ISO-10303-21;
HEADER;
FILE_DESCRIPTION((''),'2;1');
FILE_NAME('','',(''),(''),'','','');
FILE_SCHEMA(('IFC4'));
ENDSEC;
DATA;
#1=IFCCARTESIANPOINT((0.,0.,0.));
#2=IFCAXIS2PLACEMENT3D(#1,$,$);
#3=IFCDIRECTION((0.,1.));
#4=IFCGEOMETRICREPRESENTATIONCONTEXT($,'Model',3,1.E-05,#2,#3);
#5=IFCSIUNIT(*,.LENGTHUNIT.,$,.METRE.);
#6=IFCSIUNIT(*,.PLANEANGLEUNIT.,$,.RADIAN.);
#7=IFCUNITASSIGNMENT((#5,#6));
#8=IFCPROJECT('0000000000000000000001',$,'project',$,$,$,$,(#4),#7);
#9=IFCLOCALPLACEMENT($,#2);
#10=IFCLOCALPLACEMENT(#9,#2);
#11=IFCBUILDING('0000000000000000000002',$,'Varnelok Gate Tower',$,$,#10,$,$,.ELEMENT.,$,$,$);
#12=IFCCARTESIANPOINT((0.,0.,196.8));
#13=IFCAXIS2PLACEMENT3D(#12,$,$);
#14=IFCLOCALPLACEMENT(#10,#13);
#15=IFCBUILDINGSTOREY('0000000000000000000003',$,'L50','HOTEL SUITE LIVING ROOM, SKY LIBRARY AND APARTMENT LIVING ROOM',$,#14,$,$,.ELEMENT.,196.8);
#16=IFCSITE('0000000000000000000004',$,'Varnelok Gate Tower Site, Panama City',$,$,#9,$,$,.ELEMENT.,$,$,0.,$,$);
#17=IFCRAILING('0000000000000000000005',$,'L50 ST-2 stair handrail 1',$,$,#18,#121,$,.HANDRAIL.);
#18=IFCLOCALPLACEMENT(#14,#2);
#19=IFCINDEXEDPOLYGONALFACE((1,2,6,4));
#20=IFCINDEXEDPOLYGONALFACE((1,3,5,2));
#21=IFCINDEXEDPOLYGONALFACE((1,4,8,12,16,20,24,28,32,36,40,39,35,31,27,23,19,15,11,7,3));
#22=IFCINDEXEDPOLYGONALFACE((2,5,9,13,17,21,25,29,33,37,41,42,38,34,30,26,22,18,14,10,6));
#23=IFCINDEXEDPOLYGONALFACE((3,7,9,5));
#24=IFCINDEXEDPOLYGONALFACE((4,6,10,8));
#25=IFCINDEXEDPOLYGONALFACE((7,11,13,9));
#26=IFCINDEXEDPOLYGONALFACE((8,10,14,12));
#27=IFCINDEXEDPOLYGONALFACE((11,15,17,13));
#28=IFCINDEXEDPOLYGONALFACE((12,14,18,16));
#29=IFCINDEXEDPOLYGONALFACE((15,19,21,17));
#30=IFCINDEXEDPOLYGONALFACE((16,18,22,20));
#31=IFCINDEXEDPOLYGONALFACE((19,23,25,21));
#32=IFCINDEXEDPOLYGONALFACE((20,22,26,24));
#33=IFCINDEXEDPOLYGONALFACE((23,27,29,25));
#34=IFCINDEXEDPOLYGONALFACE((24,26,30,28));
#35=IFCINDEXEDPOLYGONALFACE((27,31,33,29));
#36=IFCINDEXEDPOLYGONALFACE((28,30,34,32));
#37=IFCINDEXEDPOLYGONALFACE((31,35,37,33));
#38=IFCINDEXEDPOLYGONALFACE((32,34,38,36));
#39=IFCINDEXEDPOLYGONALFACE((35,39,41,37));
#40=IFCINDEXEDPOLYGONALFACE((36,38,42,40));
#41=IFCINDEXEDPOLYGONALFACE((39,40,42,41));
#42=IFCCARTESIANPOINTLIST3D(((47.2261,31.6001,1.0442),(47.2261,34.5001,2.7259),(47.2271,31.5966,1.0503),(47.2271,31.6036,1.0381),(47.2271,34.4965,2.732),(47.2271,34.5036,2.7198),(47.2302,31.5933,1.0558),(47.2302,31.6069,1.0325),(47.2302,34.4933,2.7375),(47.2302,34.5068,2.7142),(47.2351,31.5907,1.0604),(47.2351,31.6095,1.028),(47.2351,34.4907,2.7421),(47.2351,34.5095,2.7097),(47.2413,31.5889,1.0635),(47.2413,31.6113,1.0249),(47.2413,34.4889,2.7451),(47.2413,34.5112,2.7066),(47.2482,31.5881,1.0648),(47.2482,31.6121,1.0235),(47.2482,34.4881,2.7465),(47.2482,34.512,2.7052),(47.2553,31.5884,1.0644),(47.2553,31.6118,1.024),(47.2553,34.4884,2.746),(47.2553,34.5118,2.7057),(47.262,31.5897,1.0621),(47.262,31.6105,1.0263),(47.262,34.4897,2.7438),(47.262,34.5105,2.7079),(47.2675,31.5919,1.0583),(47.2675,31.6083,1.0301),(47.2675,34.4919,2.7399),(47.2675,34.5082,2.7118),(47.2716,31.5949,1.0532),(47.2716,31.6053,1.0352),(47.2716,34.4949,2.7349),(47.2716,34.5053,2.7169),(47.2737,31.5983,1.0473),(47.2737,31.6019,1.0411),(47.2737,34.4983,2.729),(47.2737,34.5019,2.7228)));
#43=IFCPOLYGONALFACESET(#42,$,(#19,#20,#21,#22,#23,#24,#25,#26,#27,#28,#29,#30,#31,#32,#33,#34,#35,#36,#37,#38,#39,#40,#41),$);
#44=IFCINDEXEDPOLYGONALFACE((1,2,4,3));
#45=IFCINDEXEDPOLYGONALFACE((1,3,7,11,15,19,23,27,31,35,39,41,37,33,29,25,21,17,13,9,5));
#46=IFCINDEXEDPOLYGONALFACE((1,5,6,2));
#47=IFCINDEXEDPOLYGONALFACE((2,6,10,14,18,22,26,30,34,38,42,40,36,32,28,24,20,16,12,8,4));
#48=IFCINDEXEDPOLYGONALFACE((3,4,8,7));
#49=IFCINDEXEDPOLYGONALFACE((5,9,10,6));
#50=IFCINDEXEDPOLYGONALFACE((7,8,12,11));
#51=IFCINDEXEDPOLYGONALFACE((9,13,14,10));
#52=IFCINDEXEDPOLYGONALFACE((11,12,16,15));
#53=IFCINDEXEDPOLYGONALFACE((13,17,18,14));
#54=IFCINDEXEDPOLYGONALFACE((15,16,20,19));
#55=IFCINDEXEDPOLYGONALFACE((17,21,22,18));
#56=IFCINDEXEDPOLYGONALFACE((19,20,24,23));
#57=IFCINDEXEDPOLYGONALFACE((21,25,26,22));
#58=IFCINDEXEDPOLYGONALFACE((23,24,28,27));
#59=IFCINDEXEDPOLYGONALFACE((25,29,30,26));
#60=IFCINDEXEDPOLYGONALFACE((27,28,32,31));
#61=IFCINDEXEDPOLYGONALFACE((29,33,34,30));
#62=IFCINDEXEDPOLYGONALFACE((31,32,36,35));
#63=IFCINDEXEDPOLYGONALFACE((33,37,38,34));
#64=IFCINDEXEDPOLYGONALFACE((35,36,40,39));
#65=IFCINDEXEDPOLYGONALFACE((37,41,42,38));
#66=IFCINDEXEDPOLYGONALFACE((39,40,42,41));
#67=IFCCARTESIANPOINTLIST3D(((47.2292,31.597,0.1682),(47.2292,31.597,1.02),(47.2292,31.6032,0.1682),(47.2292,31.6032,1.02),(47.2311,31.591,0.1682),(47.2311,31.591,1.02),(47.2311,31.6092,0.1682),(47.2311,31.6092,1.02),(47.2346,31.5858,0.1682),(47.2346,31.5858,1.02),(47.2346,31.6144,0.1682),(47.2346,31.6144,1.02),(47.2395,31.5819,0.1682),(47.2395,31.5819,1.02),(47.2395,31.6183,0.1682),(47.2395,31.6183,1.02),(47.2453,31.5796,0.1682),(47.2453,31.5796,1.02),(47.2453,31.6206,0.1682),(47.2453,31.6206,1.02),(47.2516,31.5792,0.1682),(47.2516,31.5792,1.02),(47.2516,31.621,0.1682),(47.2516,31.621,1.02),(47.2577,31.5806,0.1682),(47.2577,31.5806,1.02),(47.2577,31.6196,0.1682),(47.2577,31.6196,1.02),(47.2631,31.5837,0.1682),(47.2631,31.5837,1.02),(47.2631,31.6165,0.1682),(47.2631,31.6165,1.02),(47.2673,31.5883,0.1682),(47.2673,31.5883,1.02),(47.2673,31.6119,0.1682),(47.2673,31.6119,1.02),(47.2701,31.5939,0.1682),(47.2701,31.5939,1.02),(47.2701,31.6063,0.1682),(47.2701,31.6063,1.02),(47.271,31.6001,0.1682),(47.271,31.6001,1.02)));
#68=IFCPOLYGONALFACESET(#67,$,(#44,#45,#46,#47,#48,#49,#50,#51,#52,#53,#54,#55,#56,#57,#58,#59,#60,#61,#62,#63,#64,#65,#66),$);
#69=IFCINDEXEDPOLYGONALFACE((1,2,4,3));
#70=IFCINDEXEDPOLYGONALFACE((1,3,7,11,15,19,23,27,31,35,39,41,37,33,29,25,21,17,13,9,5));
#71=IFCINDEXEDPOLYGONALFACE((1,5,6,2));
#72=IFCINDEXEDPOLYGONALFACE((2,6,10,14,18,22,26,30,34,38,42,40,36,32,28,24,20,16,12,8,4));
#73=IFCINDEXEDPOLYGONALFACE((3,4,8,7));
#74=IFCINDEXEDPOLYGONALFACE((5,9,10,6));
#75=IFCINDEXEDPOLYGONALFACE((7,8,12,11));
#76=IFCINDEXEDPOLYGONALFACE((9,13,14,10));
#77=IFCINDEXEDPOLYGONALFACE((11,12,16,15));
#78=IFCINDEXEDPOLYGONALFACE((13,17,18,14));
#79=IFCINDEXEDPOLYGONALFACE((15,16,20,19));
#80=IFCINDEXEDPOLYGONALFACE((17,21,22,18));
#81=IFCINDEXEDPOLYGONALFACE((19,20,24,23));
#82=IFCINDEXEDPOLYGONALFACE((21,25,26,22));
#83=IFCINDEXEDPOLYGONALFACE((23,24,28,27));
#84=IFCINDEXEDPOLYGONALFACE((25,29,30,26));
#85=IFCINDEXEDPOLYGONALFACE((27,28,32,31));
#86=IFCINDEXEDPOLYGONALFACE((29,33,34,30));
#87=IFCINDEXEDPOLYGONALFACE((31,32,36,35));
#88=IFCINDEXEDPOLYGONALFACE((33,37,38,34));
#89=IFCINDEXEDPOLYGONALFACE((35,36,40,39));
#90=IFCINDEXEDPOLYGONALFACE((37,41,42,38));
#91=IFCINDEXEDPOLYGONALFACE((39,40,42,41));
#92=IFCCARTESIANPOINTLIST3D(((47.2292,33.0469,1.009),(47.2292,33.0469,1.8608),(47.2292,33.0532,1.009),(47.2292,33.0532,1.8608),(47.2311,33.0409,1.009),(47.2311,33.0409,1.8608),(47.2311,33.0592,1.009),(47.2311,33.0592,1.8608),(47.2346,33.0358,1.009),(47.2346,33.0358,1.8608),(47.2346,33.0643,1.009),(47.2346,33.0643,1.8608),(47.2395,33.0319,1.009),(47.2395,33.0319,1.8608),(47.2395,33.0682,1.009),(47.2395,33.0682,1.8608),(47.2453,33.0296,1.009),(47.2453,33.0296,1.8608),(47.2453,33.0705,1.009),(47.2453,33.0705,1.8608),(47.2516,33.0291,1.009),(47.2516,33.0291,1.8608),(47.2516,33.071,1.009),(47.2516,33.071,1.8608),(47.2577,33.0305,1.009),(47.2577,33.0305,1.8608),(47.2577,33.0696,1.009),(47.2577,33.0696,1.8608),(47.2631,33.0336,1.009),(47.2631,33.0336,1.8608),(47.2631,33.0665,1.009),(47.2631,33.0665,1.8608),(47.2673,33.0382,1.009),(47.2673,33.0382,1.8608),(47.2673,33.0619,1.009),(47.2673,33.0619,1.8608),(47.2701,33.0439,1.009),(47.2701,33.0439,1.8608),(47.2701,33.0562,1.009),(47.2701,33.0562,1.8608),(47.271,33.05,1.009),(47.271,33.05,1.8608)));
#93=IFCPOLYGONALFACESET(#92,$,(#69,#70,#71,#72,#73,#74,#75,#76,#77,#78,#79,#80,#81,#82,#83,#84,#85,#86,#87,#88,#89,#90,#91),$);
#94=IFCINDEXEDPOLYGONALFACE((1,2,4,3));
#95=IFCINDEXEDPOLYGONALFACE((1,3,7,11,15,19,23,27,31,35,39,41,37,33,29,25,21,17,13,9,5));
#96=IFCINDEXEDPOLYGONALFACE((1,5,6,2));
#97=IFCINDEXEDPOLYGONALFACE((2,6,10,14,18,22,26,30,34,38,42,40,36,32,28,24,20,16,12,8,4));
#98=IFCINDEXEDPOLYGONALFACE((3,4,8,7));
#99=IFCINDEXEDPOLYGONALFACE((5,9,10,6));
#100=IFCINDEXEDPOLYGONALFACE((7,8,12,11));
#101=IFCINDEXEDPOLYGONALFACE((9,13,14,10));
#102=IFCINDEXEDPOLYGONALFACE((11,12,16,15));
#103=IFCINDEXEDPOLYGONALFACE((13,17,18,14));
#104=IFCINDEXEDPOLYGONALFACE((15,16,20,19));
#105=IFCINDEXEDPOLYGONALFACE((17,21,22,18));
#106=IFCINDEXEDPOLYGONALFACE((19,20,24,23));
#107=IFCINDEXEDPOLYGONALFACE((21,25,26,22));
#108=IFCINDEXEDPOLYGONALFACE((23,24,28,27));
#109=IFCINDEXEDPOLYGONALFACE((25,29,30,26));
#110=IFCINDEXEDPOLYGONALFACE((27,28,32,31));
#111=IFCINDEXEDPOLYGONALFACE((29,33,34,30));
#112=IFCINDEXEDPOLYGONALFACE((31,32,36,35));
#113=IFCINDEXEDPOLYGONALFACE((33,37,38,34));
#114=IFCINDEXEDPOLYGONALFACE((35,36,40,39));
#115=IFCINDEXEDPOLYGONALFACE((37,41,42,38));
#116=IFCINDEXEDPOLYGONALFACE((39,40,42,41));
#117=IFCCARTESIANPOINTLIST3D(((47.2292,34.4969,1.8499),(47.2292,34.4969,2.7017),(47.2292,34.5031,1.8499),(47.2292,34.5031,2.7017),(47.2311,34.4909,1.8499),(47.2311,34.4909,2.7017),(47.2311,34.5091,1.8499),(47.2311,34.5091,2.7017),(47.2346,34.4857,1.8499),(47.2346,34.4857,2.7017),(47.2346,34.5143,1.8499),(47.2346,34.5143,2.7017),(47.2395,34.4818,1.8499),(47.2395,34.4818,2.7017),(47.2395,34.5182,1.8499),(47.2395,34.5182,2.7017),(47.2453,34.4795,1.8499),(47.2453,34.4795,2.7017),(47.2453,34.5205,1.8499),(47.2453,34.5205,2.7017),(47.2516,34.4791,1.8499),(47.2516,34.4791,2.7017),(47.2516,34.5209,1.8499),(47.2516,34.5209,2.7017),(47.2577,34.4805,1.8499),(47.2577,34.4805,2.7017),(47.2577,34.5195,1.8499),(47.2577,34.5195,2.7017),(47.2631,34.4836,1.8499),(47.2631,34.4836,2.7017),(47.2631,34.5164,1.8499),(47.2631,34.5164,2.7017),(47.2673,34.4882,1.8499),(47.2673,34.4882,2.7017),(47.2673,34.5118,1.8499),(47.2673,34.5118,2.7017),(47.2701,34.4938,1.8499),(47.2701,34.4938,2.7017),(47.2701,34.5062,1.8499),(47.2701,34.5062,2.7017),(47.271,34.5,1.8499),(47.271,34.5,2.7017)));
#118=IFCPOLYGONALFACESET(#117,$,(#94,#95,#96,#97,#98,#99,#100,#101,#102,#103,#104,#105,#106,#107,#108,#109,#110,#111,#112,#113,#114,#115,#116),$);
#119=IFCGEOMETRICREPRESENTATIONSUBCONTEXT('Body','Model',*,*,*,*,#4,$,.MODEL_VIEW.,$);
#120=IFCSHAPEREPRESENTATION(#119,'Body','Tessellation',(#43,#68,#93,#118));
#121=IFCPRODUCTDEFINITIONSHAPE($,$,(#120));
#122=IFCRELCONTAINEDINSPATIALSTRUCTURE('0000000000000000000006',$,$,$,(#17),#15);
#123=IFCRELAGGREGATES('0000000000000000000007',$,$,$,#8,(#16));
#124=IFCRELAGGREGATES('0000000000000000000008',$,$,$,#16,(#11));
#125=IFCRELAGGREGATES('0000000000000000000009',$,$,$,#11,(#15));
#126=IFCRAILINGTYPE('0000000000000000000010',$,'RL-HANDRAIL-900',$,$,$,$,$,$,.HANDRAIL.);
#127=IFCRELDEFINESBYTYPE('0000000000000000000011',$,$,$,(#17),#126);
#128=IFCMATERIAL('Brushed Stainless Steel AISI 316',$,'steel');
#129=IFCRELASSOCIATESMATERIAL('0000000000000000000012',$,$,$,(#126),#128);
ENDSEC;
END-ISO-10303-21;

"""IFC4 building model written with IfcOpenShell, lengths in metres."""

from ifc_helpers import new_model, si_unit, direction, frame, origin, origin_2d, place, context, subcontext, project, spatial, circle, extrude, material, type_object, element, save


model = new_model("IFC4")

# Units and contexts
model_context = context("Model", 3, precision=1e-05, world=origin(), true_north=direction((0.0, 1.0)))
body_context = subcontext(model_context, "Body", "Model", "MODEL_VIEW")
ifc_project = project(units=[si_unit("LENGTHUNIT", "METRE"), si_unit("PLANEANGLEUNIT", "RADIAN")], contexts=[model_context])

# Site, building, storey
site_placement = place(None, origin())
site = spatial("IfcSite", under=ifc_project, at=site_placement, Name="Varnelok Gate Tower Site, Panama City", CompositionType="ELEMENT", RefElevation=0.0)
building_placement = place(site_placement, origin())
building = spatial("IfcBuilding", under=site, at=building_placement, Name="Varnelok Gate Tower", CompositionType="ELEMENT")
storey_placement = place(building_placement, frame((0.0, 0.0, 196.8)))
storey = spatial("IfcBuildingStorey", under=building, at=storey_placement, Name="L50", Description="HOTEL SUITE LIVING ROOM, SKY LIBRARY AND APARTMENT LIVING ROOM", CompositionType="ELEMENT", Elevation=196.8)

# Railing
ifc_material_1 = material(Name="Brushed Stainless Steel AISI 316", Category="steel")
railing_type_1 = type_object("IfcRailingType", Name="RL-HANDRAIL-900", PredefinedType="HANDRAIL", material=ifc_material_1)
railing_1_placement = place(storey_placement, frame((47.25, 31.6001, 0.1682)))
element("IfcRailing", 1, at=railing_1_placement, inside=storey, type_object=railing_type_1, Name="L50 ST-2 stair handrail 1", PredefinedType="HANDRAIL", context=body_context, shape_type="SweptSolid", body=[
    extrude(circle(Radius=0.0239, at=origin_2d()), frame((0.0, 0.0, 0.876), z_axis=(0.0, 0.86507, 0.501651), x_axis=(-1.0, 0.0, 0.0)), (0.0, 0.0, 1.0), 3.3523),
    extrude(circle(Radius=0.021, at=origin_2d()), origin(), (0.0, 0.0, 1.0), 0.8518),
    extrude(circle(Radius=0.021, at=origin_2d()), frame((0.0, 1.45, 0.8408)), (0.0, 0.0, 1.0), 0.8518),
    extrude(circle(Radius=0.021, at=origin_2d()), frame((0.0, 2.8999, 1.6816)), (0.0, 0.0, 1.0), 0.8518),
])

save(model, "model.ifc")
